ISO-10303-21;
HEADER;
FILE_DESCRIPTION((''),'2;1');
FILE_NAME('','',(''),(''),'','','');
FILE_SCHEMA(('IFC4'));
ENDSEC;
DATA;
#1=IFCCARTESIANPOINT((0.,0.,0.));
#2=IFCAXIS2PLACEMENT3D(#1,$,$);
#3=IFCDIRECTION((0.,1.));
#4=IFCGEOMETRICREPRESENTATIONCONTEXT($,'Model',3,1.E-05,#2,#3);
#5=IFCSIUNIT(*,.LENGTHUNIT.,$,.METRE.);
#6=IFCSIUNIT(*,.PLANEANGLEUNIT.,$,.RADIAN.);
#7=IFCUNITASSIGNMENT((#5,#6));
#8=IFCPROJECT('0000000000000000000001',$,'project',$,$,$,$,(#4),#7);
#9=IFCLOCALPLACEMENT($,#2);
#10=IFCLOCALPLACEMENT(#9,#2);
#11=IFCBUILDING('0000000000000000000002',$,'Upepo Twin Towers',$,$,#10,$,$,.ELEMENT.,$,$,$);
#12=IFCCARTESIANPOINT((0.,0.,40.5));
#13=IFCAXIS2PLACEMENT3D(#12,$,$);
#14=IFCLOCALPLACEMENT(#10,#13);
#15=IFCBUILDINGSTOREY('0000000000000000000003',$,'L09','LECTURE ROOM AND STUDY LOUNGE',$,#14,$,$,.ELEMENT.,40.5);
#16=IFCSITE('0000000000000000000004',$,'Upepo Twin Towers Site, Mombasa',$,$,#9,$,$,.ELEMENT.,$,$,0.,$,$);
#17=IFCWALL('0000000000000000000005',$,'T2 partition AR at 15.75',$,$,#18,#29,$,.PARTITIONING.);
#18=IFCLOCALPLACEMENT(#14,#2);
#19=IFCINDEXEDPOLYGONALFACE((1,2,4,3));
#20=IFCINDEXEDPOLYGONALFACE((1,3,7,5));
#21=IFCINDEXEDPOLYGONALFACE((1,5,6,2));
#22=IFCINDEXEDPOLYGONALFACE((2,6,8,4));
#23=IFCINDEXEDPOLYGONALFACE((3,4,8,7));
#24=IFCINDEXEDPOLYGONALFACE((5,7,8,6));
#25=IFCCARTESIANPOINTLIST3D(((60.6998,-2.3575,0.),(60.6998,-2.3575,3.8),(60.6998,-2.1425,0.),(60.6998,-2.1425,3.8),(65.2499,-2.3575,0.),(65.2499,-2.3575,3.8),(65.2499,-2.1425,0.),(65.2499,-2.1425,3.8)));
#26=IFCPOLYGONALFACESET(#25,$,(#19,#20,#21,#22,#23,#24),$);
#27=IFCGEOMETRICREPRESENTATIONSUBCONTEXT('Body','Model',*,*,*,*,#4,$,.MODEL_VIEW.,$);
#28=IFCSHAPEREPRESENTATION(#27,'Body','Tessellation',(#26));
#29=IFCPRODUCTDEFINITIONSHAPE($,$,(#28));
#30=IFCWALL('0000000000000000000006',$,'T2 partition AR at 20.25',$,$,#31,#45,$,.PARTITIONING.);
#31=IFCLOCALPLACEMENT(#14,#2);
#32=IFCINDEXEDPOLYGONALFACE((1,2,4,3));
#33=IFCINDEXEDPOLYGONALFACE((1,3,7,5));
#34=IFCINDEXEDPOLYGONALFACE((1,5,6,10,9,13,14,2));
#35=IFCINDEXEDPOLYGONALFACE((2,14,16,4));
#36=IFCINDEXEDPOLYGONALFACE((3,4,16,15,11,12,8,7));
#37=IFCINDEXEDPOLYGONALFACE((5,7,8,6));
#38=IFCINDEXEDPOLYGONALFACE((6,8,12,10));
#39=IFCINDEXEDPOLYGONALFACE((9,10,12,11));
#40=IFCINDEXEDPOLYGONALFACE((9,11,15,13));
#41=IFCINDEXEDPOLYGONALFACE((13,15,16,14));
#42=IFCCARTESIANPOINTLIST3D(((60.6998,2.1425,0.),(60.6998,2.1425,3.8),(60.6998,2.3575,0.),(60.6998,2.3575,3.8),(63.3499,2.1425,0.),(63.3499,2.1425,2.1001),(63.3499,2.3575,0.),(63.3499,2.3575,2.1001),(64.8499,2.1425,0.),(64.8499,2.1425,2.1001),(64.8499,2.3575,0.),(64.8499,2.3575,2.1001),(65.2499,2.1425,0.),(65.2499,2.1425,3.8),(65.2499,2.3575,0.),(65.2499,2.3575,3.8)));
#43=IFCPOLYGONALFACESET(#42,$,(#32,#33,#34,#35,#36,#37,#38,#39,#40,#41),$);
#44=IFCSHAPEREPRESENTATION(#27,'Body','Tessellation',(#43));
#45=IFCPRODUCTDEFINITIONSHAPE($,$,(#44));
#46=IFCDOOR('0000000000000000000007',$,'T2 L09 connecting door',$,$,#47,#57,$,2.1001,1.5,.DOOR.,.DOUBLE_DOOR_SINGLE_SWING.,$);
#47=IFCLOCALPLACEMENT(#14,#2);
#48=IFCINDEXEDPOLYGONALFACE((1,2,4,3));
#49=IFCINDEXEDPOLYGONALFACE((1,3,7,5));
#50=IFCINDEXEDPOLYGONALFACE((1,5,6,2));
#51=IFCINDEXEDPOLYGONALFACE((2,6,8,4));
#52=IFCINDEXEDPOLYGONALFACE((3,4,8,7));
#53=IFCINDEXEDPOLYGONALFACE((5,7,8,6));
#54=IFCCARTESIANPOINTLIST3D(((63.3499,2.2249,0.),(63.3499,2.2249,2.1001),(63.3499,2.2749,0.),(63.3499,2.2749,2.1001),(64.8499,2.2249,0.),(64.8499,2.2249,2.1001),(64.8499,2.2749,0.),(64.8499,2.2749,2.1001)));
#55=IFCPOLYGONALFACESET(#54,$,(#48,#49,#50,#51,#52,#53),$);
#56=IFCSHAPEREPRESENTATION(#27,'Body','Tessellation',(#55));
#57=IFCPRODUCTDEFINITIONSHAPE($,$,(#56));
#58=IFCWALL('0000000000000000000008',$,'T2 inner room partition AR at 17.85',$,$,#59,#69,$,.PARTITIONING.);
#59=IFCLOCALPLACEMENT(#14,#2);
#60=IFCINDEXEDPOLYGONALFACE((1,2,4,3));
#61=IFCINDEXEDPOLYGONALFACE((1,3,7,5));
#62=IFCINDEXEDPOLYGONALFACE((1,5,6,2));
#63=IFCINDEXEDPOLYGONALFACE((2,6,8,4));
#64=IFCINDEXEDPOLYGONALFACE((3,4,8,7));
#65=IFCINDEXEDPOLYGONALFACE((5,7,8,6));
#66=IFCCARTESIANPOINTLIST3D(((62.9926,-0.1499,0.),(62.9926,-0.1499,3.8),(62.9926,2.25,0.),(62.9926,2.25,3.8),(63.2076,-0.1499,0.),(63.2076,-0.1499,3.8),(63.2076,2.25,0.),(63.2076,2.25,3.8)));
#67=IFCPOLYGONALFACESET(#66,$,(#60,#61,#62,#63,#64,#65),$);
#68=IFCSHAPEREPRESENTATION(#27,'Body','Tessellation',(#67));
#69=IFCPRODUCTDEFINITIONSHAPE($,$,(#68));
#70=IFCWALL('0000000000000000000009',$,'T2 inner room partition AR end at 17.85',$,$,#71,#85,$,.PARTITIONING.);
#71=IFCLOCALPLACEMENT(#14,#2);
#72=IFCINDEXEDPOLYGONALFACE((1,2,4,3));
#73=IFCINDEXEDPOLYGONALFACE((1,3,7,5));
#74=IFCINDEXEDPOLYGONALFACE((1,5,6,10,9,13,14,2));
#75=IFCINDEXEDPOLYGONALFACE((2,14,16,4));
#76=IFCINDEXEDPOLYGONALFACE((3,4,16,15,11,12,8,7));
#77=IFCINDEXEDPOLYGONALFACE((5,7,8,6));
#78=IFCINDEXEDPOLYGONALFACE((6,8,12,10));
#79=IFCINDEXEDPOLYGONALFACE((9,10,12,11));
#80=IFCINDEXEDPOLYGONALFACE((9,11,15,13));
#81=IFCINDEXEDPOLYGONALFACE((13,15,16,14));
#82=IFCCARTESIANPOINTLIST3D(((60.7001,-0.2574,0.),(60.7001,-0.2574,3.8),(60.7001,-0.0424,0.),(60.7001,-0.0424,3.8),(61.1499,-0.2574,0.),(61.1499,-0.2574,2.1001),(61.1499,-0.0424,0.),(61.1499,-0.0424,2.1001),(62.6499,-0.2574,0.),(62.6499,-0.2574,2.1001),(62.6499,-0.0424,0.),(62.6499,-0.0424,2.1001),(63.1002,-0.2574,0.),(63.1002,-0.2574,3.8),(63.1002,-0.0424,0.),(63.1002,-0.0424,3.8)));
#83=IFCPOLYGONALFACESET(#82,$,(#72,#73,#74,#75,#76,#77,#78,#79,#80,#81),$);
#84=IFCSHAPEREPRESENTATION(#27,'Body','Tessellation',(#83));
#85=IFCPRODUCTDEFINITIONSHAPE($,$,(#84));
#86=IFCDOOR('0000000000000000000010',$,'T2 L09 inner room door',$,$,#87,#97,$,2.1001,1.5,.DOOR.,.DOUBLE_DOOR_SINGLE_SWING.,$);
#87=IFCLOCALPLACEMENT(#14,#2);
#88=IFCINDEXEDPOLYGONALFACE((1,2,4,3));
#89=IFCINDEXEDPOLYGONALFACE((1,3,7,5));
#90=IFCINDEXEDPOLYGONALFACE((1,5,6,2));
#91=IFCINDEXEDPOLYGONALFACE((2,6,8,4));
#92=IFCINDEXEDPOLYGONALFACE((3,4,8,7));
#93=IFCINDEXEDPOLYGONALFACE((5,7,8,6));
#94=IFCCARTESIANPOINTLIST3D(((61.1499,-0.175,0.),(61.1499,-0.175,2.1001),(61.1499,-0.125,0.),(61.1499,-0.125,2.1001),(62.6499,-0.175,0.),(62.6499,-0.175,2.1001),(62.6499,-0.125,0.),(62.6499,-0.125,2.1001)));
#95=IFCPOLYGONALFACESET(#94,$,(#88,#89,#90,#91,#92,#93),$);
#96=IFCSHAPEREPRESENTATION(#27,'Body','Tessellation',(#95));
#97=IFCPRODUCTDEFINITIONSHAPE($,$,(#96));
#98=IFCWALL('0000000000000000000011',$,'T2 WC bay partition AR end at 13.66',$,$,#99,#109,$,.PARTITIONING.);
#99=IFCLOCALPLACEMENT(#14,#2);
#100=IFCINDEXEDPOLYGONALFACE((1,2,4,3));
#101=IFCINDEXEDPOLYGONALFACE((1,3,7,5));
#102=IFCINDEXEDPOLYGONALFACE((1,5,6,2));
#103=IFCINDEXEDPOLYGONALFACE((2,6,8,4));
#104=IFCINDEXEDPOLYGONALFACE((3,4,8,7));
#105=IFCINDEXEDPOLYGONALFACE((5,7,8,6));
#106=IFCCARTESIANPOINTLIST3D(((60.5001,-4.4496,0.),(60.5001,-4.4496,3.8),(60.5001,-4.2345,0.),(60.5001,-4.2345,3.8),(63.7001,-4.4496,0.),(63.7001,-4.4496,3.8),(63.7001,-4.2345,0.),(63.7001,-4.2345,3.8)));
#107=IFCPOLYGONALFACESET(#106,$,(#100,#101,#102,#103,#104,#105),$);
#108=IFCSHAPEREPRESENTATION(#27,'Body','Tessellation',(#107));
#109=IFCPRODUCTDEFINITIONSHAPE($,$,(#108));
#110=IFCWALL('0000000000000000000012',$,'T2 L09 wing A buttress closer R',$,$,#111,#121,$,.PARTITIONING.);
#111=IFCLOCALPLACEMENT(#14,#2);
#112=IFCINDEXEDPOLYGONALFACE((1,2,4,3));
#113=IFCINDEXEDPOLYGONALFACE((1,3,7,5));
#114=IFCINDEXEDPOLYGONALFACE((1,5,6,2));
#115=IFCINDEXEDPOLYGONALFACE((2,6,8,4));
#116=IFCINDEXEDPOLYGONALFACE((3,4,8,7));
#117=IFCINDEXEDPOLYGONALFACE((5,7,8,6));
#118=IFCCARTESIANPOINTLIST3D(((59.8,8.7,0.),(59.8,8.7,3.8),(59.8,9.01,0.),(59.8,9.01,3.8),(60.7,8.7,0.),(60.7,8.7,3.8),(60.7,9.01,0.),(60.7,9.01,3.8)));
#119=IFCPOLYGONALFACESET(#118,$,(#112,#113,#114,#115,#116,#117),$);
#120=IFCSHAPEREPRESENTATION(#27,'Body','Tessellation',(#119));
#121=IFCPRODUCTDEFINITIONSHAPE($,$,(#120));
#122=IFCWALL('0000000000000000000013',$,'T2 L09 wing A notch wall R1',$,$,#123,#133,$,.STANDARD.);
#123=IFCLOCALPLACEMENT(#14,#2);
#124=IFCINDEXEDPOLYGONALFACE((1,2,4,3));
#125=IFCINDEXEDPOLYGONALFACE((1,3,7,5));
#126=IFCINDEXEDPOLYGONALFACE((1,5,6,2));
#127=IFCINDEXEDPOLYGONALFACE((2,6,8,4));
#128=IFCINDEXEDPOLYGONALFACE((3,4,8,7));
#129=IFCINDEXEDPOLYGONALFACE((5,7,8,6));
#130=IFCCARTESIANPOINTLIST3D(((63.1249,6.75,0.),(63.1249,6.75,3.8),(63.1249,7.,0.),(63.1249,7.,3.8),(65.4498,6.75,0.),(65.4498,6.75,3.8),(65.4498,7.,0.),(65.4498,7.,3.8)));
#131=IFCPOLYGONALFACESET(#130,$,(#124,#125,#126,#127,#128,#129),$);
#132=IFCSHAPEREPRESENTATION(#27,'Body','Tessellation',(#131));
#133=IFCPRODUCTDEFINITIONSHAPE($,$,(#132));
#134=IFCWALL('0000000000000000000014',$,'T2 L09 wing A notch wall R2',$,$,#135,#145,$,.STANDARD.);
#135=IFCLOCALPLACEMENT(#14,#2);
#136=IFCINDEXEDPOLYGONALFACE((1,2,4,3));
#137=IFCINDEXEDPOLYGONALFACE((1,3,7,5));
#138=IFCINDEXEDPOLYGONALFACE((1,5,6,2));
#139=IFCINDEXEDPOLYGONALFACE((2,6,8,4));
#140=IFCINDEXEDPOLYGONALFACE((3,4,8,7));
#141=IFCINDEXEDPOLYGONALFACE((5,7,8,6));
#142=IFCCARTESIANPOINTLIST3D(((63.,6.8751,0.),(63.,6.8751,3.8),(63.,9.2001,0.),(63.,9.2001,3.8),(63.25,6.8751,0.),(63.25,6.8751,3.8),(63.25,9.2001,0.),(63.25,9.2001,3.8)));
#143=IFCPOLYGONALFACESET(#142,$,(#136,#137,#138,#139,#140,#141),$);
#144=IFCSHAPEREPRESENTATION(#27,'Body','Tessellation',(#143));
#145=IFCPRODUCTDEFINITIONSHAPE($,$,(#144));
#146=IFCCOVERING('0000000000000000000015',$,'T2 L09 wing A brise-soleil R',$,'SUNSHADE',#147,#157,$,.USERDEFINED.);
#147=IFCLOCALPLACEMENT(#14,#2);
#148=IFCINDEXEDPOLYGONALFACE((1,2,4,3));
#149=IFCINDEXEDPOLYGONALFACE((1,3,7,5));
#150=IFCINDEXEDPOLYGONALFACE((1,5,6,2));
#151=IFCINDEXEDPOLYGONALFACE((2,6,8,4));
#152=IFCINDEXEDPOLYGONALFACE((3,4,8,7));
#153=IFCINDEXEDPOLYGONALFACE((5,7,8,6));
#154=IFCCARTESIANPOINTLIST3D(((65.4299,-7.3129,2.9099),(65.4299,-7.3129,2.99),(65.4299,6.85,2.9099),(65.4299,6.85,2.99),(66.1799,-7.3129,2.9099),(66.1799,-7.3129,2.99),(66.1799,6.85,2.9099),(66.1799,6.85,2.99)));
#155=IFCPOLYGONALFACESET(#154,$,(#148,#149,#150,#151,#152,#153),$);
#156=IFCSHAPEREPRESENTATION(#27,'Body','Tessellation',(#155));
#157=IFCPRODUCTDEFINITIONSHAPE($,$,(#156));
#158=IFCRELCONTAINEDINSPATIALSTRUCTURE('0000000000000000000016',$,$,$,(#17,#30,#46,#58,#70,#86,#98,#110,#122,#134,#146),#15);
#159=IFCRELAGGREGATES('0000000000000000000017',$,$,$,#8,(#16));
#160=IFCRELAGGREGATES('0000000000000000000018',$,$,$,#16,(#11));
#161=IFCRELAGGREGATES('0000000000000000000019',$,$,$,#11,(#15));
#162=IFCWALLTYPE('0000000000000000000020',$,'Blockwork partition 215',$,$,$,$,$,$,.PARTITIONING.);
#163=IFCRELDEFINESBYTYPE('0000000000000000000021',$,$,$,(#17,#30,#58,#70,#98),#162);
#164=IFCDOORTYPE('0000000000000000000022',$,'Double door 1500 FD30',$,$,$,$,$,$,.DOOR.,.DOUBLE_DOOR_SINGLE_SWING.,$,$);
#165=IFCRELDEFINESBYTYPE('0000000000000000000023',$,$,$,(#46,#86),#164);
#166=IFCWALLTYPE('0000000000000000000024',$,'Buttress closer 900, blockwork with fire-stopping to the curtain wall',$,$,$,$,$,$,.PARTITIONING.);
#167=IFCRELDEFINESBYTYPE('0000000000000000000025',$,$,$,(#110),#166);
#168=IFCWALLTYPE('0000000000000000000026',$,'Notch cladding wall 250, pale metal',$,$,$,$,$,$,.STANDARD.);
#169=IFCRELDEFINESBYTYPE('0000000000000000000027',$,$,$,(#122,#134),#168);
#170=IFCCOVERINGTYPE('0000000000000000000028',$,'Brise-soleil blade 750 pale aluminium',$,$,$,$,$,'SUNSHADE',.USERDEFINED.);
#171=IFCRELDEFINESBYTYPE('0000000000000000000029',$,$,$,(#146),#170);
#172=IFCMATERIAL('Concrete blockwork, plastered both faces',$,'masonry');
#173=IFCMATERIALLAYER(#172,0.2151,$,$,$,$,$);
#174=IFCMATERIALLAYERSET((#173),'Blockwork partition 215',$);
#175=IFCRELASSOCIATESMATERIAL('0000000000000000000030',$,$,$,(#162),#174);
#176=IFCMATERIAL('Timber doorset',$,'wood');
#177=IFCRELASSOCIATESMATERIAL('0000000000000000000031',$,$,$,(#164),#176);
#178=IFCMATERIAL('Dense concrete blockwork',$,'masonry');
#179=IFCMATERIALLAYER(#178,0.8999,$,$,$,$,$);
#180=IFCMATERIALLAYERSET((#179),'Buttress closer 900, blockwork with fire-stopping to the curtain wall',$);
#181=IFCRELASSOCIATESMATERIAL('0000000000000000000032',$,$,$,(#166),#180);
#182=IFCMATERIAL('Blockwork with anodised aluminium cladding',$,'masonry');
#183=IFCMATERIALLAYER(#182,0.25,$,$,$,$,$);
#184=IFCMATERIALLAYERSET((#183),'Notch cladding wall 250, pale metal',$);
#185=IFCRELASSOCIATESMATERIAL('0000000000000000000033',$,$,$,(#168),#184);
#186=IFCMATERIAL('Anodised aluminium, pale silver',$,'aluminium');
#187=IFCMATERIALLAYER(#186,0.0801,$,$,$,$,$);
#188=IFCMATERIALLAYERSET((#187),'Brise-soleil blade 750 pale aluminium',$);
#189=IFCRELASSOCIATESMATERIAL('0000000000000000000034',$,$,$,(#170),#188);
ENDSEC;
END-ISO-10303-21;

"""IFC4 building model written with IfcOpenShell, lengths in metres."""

from ifc_helpers import new_model, si_unit, direction, frame, frame_2d, origin, origin_2d, place, context, subcontext, project, spatial, rectangle, extrude, material, layer, layer_set, type_object, element, fill, save


model = new_model("IFC4")

# Units and contexts
model_context = context("Model", 3, precision=1e-05, world=origin(), true_north=direction((0.0, 1.0)))
body_context = subcontext(model_context, "Body", "Model", "MODEL_VIEW")
ifc_project = project(units=[si_unit("LENGTHUNIT", "METRE"), si_unit("PLANEANGLEUNIT", "RADIAN")], contexts=[model_context])

# Site, building, storey
site_placement = place(None, origin())
site = spatial("IfcSite", under=ifc_project, at=site_placement, Name="Upepo Twin Towers Site, Mombasa", CompositionType="ELEMENT", RefElevation=0.0)
building_placement = place(site_placement, origin())
building = spatial("IfcBuilding", under=site, at=building_placement, Name="Upepo Twin Towers", CompositionType="ELEMENT")
storey_placement = place(building_placement, frame((0.0, 0.0, 40.5)))
storey = spatial("IfcBuildingStorey", under=building, at=storey_placement, Name="L09", Description="LECTURE ROOM AND STUDY LOUNGE", CompositionType="ELEMENT", Elevation=40.5)

# Wall
ifc_material_1 = material(Name="Concrete blockwork, plastered both faces", Category="masonry")
ifc_layer_1 = layer(ifc_material_1, 0.2151)
ifc_layer_set_1 = layer_set([ifc_layer_1], Name="Blockwork partition 215")
wall_type_1 = type_object("IfcWallType", Name="Blockwork partition 215", PredefinedType="PARTITIONING", material=ifc_layer_set_1)
wall_1_placement = place(storey_placement, frame((60.7, -2.25, 0.0), z_axis=(0.0, 0.0, 1.0), x_axis=(1.0, 0.0, 0.0)))
element("IfcWall", 1, at=wall_1_placement, inside=storey, type_object=wall_type_1, Name="T2 partition AR at 15.75", PredefinedType="PARTITIONING", context=body_context, shape_type="SweptSolid", body=[
    extrude(rectangle(XDim=4.55, YDim=0.2151, at=frame_2d((2.2749, 0.0))), origin(), (0.0, 0.0, 1.0), 3.8),
])

# Wall, opening, door
wall_2_placement = place(storey_placement, frame((60.7, 2.25, 0.0), z_axis=(0.0, 0.0, 1.0), x_axis=(1.0, 0.0, 0.0)))
wall_2 = element("IfcWall", 2, at=wall_2_placement, inside=storey, type_object=wall_type_1, Name="T2 partition AR at 20.25", PredefinedType="PARTITIONING", context=body_context, shape_type="SweptSolid", body=[
    extrude(rectangle(XDim=4.55, YDim=0.2151, at=frame_2d((2.2749, 0.0))), origin(), (0.0, 0.0, 1.0), 3.8),
])
opening_1_placement = place(wall_2_placement, frame((2.6499, 0.0, 0.0)))
opening_1 = element("IfcOpeningElement", 3, at=opening_1_placement, cuts=wall_2, PredefinedType="OPENING", context=body_context, shape_type="SweptSolid", body=[
    extrude(rectangle(XDim=1.5, YDim=2.1001, at=frame_2d((0.75, 1.05))), frame((0.0, 0.1174, 0.0), z_axis=(0.0, -1.0, 0.0), x_axis=(1.0, 0.0, 0.0)), (0.0, 0.0, 1.0), 0.2351),
])
ifc_material_2 = material(Name="Timber doorset", Category="wood")
door_type = type_object("IfcDoorType", Name="Double door 1500 FD30", OperationType="DOUBLE_DOOR_SINGLE_SWING", PredefinedType="DOOR", material=ifc_material_2)
door_1_placement = place(opening_1_placement, origin())
door_1 = element("IfcDoor", 4, at=door_1_placement, inside=storey, type_object=door_type, Name="T2 L09 connecting door", OperationType="DOUBLE_DOOR_SINGLE_SWING", OverallHeight=2.1001, OverallWidth=1.5, PredefinedType="DOOR", context=body_context, shape_type="SweptSolid", body=[
    extrude(rectangle(XDim=1.5, YDim=2.1001, at=frame_2d((0.75, 1.05))), frame((0.0, 0.0249, 0.0), z_axis=(0.0, -1.0, 0.0), x_axis=(1.0, 0.0, 0.0)), (0.0, 0.0, 1.0), 0.05),
])
fill(opening_1, door_1)

# Wall
wall_3_placement = place(storey_placement, frame((63.1001, -0.1499, 0.0), z_axis=(0.0, 0.0, 1.0), x_axis=(0.0, 1.0, 0.0)))
element("IfcWall", 5, at=wall_3_placement, inside=storey, type_object=wall_type_1, Name="T2 inner room partition AR at 17.85", PredefinedType="PARTITIONING", context=body_context, shape_type="SweptSolid", body=[
    extrude(rectangle(XDim=2.3999, YDim=0.2151, at=frame_2d((1.2, 0.0))), origin(), (0.0, 0.0, 1.0), 3.8),
])

# Wall, opening, door
wall_4_placement = place(storey_placement, frame((60.7, -0.1499, 0.0), z_axis=(0.0, 0.0, 1.0), x_axis=(1.0, 0.0, 0.0)))
wall_4 = element("IfcWall", 6, at=wall_4_placement, inside=storey, type_object=wall_type_1, Name="T2 inner room partition AR end at 17.85", PredefinedType="PARTITIONING", context=body_context, shape_type="SweptSolid", body=[
    extrude(rectangle(XDim=2.4001, YDim=0.2151, at=frame_2d((1.2002, 0.0))), origin(), (0.0, 0.0, 1.0), 3.8),
])
opening_2_placement = place(wall_4_placement, frame((0.45, 0.0, 0.0)))
opening_2 = element("IfcOpeningElement", 7, at=opening_2_placement, cuts=wall_4, PredefinedType="OPENING", context=body_context, shape_type="SweptSolid", body=[
    extrude(rectangle(XDim=1.5, YDim=2.1001, at=frame_2d((0.75, 1.05))), frame((0.0, 0.1174, 0.0), z_axis=(0.0, -1.0, 0.0), x_axis=(1.0, 0.0, 0.0)), (0.0, 0.0, 1.0), 0.2351),
])
door_2_placement = place(opening_2_placement, origin())
door_2 = element("IfcDoor", 8, at=door_2_placement, inside=storey, type_object=door_type, Name="T2 L09 inner room door", OperationType="DOUBLE_DOOR_SINGLE_SWING", OverallHeight=2.1001, OverallWidth=1.5, PredefinedType="DOOR", context=body_context, shape_type="SweptSolid", body=[
    extrude(rectangle(XDim=1.5, YDim=2.1001, at=frame_2d((0.75, 1.05))), frame((0.0, 0.0249, 0.0), z_axis=(0.0, -1.0, 0.0), x_axis=(1.0, 0.0, 0.0)), (0.0, 0.0, 1.0), 0.05),
])
fill(opening_2, door_2)

# Walls
wall_5_placement = place(storey_placement, frame((60.5, -4.342, 0.0), z_axis=(0.0, 0.0, 1.0), x_axis=(1.0, 0.0, 0.0)))
element("IfcWall", 9, at=wall_5_placement, inside=storey, type_object=wall_type_1, Name="T2 WC bay partition AR end at 13.66", PredefinedType="PARTITIONING", context=body_context, shape_type="SweptSolid", body=[
    extrude(rectangle(XDim=3.2, YDim=0.2151, at=frame_2d((1.6001, 0.0))), origin(), (0.0, 0.0, 1.0), 3.8),
])
ifc_material_3 = material(Name="Dense concrete blockwork", Category="masonry")
ifc_layer_2 = layer(ifc_material_3, 0.8999)
ifc_layer_set_2 = layer_set([ifc_layer_2], Name="Buttress closer 900, blockwork with fire-stopping to the curtain wall")
wall_type_2 = type_object("IfcWallType", Name="Buttress closer 900, blockwork with fire-stopping to the curtain wall", PredefinedType="PARTITIONING", material=ifc_layer_set_2)
wall_6_placement = place(storey_placement, frame((60.25, 8.7, 0.0), z_axis=(0.0, 0.0, 1.0), x_axis=(0.0, 1.0, 0.0)))
element("IfcWall", 10, at=wall_6_placement, inside=storey, type_object=wall_type_2, Name="T2 L09 wing A buttress closer R", PredefinedType="PARTITIONING", context=body_context, shape_type="SweptSolid", body=[
    extrude(rectangle(XDim=0.3101, YDim=0.8999, at=frame_2d((0.155, 0.0))), origin(), (0.0, 0.0, 1.0), 3.8),
])
ifc_material_4 = material(Name="Blockwork with anodised aluminium cladding", Category="masonry")
ifc_layer_3 = layer(ifc_material_4, 0.25)
ifc_layer_set_3 = layer_set([ifc_layer_3], Name="Notch cladding wall 250, pale metal")
wall_type_3 = type_object("IfcWallType", Name="Notch cladding wall 250, pale metal", PredefinedType="STANDARD", material=ifc_layer_set_3)
for number, where, z_axis, x_axis, name in (
    (11, (65.45, 6.875, 0.0), (0.0, 0.0, 1.0), (-1.0, 0.0, 0.0), "T2 L09 wing A notch wall R1"),
    (12, (63.125, 6.875, 0.0), (0.0, 0.0, 1.0), (0.0, 1.0, 0.0), "T2 L09 wing A notch wall R2"),
):
    element("IfcWall", number, at=place(storey_placement, frame(where, z_axis=z_axis, x_axis=x_axis)), inside=storey, type_object=wall_type_3, Name=name, PredefinedType="STANDARD", context=body_context, shape_type="SweptSolid", body=[
        extrude(rectangle(XDim=2.325, YDim=0.25, at=frame_2d((1.1626, 0.0))), origin(), (0.0, 0.0, 1.0), 3.8),
    ])

# Covering
ifc_material_5 = material(Name="Anodised aluminium, pale silver", Category="aluminium")
ifc_layer_4 = layer(ifc_material_5, 0.0801)
ifc_layer_set_4 = layer_set([ifc_layer_4], Name="Brise-soleil blade 750 pale aluminium")
covering_type = type_object("IfcCoveringType", Name="Brise-soleil blade 750 pale aluminium", ElementType="SUNSHADE", PredefinedType="USERDEFINED", material=ifc_layer_set_4)
covering_placement = place(storey_placement, frame((65.8049, -0.2314, 2.9099), z_axis=(0.0, 0.0, 1.0), x_axis=(0.0, 1.0, 0.0)))
element("IfcCovering", 13, at=covering_placement, inside=storey, type_object=covering_type, Name="T2 L09 wing A brise-soleil R", ObjectType="SUNSHADE", PredefinedType="USERDEFINED", context=body_context, shape_type="SweptSolid", body=[
    extrude(rectangle(XDim=14.1628, YDim=0.75, at=origin_2d()), origin(), (0.0, 0.0, 1.0), 0.0801),
])

save(model, "model.ifc")
